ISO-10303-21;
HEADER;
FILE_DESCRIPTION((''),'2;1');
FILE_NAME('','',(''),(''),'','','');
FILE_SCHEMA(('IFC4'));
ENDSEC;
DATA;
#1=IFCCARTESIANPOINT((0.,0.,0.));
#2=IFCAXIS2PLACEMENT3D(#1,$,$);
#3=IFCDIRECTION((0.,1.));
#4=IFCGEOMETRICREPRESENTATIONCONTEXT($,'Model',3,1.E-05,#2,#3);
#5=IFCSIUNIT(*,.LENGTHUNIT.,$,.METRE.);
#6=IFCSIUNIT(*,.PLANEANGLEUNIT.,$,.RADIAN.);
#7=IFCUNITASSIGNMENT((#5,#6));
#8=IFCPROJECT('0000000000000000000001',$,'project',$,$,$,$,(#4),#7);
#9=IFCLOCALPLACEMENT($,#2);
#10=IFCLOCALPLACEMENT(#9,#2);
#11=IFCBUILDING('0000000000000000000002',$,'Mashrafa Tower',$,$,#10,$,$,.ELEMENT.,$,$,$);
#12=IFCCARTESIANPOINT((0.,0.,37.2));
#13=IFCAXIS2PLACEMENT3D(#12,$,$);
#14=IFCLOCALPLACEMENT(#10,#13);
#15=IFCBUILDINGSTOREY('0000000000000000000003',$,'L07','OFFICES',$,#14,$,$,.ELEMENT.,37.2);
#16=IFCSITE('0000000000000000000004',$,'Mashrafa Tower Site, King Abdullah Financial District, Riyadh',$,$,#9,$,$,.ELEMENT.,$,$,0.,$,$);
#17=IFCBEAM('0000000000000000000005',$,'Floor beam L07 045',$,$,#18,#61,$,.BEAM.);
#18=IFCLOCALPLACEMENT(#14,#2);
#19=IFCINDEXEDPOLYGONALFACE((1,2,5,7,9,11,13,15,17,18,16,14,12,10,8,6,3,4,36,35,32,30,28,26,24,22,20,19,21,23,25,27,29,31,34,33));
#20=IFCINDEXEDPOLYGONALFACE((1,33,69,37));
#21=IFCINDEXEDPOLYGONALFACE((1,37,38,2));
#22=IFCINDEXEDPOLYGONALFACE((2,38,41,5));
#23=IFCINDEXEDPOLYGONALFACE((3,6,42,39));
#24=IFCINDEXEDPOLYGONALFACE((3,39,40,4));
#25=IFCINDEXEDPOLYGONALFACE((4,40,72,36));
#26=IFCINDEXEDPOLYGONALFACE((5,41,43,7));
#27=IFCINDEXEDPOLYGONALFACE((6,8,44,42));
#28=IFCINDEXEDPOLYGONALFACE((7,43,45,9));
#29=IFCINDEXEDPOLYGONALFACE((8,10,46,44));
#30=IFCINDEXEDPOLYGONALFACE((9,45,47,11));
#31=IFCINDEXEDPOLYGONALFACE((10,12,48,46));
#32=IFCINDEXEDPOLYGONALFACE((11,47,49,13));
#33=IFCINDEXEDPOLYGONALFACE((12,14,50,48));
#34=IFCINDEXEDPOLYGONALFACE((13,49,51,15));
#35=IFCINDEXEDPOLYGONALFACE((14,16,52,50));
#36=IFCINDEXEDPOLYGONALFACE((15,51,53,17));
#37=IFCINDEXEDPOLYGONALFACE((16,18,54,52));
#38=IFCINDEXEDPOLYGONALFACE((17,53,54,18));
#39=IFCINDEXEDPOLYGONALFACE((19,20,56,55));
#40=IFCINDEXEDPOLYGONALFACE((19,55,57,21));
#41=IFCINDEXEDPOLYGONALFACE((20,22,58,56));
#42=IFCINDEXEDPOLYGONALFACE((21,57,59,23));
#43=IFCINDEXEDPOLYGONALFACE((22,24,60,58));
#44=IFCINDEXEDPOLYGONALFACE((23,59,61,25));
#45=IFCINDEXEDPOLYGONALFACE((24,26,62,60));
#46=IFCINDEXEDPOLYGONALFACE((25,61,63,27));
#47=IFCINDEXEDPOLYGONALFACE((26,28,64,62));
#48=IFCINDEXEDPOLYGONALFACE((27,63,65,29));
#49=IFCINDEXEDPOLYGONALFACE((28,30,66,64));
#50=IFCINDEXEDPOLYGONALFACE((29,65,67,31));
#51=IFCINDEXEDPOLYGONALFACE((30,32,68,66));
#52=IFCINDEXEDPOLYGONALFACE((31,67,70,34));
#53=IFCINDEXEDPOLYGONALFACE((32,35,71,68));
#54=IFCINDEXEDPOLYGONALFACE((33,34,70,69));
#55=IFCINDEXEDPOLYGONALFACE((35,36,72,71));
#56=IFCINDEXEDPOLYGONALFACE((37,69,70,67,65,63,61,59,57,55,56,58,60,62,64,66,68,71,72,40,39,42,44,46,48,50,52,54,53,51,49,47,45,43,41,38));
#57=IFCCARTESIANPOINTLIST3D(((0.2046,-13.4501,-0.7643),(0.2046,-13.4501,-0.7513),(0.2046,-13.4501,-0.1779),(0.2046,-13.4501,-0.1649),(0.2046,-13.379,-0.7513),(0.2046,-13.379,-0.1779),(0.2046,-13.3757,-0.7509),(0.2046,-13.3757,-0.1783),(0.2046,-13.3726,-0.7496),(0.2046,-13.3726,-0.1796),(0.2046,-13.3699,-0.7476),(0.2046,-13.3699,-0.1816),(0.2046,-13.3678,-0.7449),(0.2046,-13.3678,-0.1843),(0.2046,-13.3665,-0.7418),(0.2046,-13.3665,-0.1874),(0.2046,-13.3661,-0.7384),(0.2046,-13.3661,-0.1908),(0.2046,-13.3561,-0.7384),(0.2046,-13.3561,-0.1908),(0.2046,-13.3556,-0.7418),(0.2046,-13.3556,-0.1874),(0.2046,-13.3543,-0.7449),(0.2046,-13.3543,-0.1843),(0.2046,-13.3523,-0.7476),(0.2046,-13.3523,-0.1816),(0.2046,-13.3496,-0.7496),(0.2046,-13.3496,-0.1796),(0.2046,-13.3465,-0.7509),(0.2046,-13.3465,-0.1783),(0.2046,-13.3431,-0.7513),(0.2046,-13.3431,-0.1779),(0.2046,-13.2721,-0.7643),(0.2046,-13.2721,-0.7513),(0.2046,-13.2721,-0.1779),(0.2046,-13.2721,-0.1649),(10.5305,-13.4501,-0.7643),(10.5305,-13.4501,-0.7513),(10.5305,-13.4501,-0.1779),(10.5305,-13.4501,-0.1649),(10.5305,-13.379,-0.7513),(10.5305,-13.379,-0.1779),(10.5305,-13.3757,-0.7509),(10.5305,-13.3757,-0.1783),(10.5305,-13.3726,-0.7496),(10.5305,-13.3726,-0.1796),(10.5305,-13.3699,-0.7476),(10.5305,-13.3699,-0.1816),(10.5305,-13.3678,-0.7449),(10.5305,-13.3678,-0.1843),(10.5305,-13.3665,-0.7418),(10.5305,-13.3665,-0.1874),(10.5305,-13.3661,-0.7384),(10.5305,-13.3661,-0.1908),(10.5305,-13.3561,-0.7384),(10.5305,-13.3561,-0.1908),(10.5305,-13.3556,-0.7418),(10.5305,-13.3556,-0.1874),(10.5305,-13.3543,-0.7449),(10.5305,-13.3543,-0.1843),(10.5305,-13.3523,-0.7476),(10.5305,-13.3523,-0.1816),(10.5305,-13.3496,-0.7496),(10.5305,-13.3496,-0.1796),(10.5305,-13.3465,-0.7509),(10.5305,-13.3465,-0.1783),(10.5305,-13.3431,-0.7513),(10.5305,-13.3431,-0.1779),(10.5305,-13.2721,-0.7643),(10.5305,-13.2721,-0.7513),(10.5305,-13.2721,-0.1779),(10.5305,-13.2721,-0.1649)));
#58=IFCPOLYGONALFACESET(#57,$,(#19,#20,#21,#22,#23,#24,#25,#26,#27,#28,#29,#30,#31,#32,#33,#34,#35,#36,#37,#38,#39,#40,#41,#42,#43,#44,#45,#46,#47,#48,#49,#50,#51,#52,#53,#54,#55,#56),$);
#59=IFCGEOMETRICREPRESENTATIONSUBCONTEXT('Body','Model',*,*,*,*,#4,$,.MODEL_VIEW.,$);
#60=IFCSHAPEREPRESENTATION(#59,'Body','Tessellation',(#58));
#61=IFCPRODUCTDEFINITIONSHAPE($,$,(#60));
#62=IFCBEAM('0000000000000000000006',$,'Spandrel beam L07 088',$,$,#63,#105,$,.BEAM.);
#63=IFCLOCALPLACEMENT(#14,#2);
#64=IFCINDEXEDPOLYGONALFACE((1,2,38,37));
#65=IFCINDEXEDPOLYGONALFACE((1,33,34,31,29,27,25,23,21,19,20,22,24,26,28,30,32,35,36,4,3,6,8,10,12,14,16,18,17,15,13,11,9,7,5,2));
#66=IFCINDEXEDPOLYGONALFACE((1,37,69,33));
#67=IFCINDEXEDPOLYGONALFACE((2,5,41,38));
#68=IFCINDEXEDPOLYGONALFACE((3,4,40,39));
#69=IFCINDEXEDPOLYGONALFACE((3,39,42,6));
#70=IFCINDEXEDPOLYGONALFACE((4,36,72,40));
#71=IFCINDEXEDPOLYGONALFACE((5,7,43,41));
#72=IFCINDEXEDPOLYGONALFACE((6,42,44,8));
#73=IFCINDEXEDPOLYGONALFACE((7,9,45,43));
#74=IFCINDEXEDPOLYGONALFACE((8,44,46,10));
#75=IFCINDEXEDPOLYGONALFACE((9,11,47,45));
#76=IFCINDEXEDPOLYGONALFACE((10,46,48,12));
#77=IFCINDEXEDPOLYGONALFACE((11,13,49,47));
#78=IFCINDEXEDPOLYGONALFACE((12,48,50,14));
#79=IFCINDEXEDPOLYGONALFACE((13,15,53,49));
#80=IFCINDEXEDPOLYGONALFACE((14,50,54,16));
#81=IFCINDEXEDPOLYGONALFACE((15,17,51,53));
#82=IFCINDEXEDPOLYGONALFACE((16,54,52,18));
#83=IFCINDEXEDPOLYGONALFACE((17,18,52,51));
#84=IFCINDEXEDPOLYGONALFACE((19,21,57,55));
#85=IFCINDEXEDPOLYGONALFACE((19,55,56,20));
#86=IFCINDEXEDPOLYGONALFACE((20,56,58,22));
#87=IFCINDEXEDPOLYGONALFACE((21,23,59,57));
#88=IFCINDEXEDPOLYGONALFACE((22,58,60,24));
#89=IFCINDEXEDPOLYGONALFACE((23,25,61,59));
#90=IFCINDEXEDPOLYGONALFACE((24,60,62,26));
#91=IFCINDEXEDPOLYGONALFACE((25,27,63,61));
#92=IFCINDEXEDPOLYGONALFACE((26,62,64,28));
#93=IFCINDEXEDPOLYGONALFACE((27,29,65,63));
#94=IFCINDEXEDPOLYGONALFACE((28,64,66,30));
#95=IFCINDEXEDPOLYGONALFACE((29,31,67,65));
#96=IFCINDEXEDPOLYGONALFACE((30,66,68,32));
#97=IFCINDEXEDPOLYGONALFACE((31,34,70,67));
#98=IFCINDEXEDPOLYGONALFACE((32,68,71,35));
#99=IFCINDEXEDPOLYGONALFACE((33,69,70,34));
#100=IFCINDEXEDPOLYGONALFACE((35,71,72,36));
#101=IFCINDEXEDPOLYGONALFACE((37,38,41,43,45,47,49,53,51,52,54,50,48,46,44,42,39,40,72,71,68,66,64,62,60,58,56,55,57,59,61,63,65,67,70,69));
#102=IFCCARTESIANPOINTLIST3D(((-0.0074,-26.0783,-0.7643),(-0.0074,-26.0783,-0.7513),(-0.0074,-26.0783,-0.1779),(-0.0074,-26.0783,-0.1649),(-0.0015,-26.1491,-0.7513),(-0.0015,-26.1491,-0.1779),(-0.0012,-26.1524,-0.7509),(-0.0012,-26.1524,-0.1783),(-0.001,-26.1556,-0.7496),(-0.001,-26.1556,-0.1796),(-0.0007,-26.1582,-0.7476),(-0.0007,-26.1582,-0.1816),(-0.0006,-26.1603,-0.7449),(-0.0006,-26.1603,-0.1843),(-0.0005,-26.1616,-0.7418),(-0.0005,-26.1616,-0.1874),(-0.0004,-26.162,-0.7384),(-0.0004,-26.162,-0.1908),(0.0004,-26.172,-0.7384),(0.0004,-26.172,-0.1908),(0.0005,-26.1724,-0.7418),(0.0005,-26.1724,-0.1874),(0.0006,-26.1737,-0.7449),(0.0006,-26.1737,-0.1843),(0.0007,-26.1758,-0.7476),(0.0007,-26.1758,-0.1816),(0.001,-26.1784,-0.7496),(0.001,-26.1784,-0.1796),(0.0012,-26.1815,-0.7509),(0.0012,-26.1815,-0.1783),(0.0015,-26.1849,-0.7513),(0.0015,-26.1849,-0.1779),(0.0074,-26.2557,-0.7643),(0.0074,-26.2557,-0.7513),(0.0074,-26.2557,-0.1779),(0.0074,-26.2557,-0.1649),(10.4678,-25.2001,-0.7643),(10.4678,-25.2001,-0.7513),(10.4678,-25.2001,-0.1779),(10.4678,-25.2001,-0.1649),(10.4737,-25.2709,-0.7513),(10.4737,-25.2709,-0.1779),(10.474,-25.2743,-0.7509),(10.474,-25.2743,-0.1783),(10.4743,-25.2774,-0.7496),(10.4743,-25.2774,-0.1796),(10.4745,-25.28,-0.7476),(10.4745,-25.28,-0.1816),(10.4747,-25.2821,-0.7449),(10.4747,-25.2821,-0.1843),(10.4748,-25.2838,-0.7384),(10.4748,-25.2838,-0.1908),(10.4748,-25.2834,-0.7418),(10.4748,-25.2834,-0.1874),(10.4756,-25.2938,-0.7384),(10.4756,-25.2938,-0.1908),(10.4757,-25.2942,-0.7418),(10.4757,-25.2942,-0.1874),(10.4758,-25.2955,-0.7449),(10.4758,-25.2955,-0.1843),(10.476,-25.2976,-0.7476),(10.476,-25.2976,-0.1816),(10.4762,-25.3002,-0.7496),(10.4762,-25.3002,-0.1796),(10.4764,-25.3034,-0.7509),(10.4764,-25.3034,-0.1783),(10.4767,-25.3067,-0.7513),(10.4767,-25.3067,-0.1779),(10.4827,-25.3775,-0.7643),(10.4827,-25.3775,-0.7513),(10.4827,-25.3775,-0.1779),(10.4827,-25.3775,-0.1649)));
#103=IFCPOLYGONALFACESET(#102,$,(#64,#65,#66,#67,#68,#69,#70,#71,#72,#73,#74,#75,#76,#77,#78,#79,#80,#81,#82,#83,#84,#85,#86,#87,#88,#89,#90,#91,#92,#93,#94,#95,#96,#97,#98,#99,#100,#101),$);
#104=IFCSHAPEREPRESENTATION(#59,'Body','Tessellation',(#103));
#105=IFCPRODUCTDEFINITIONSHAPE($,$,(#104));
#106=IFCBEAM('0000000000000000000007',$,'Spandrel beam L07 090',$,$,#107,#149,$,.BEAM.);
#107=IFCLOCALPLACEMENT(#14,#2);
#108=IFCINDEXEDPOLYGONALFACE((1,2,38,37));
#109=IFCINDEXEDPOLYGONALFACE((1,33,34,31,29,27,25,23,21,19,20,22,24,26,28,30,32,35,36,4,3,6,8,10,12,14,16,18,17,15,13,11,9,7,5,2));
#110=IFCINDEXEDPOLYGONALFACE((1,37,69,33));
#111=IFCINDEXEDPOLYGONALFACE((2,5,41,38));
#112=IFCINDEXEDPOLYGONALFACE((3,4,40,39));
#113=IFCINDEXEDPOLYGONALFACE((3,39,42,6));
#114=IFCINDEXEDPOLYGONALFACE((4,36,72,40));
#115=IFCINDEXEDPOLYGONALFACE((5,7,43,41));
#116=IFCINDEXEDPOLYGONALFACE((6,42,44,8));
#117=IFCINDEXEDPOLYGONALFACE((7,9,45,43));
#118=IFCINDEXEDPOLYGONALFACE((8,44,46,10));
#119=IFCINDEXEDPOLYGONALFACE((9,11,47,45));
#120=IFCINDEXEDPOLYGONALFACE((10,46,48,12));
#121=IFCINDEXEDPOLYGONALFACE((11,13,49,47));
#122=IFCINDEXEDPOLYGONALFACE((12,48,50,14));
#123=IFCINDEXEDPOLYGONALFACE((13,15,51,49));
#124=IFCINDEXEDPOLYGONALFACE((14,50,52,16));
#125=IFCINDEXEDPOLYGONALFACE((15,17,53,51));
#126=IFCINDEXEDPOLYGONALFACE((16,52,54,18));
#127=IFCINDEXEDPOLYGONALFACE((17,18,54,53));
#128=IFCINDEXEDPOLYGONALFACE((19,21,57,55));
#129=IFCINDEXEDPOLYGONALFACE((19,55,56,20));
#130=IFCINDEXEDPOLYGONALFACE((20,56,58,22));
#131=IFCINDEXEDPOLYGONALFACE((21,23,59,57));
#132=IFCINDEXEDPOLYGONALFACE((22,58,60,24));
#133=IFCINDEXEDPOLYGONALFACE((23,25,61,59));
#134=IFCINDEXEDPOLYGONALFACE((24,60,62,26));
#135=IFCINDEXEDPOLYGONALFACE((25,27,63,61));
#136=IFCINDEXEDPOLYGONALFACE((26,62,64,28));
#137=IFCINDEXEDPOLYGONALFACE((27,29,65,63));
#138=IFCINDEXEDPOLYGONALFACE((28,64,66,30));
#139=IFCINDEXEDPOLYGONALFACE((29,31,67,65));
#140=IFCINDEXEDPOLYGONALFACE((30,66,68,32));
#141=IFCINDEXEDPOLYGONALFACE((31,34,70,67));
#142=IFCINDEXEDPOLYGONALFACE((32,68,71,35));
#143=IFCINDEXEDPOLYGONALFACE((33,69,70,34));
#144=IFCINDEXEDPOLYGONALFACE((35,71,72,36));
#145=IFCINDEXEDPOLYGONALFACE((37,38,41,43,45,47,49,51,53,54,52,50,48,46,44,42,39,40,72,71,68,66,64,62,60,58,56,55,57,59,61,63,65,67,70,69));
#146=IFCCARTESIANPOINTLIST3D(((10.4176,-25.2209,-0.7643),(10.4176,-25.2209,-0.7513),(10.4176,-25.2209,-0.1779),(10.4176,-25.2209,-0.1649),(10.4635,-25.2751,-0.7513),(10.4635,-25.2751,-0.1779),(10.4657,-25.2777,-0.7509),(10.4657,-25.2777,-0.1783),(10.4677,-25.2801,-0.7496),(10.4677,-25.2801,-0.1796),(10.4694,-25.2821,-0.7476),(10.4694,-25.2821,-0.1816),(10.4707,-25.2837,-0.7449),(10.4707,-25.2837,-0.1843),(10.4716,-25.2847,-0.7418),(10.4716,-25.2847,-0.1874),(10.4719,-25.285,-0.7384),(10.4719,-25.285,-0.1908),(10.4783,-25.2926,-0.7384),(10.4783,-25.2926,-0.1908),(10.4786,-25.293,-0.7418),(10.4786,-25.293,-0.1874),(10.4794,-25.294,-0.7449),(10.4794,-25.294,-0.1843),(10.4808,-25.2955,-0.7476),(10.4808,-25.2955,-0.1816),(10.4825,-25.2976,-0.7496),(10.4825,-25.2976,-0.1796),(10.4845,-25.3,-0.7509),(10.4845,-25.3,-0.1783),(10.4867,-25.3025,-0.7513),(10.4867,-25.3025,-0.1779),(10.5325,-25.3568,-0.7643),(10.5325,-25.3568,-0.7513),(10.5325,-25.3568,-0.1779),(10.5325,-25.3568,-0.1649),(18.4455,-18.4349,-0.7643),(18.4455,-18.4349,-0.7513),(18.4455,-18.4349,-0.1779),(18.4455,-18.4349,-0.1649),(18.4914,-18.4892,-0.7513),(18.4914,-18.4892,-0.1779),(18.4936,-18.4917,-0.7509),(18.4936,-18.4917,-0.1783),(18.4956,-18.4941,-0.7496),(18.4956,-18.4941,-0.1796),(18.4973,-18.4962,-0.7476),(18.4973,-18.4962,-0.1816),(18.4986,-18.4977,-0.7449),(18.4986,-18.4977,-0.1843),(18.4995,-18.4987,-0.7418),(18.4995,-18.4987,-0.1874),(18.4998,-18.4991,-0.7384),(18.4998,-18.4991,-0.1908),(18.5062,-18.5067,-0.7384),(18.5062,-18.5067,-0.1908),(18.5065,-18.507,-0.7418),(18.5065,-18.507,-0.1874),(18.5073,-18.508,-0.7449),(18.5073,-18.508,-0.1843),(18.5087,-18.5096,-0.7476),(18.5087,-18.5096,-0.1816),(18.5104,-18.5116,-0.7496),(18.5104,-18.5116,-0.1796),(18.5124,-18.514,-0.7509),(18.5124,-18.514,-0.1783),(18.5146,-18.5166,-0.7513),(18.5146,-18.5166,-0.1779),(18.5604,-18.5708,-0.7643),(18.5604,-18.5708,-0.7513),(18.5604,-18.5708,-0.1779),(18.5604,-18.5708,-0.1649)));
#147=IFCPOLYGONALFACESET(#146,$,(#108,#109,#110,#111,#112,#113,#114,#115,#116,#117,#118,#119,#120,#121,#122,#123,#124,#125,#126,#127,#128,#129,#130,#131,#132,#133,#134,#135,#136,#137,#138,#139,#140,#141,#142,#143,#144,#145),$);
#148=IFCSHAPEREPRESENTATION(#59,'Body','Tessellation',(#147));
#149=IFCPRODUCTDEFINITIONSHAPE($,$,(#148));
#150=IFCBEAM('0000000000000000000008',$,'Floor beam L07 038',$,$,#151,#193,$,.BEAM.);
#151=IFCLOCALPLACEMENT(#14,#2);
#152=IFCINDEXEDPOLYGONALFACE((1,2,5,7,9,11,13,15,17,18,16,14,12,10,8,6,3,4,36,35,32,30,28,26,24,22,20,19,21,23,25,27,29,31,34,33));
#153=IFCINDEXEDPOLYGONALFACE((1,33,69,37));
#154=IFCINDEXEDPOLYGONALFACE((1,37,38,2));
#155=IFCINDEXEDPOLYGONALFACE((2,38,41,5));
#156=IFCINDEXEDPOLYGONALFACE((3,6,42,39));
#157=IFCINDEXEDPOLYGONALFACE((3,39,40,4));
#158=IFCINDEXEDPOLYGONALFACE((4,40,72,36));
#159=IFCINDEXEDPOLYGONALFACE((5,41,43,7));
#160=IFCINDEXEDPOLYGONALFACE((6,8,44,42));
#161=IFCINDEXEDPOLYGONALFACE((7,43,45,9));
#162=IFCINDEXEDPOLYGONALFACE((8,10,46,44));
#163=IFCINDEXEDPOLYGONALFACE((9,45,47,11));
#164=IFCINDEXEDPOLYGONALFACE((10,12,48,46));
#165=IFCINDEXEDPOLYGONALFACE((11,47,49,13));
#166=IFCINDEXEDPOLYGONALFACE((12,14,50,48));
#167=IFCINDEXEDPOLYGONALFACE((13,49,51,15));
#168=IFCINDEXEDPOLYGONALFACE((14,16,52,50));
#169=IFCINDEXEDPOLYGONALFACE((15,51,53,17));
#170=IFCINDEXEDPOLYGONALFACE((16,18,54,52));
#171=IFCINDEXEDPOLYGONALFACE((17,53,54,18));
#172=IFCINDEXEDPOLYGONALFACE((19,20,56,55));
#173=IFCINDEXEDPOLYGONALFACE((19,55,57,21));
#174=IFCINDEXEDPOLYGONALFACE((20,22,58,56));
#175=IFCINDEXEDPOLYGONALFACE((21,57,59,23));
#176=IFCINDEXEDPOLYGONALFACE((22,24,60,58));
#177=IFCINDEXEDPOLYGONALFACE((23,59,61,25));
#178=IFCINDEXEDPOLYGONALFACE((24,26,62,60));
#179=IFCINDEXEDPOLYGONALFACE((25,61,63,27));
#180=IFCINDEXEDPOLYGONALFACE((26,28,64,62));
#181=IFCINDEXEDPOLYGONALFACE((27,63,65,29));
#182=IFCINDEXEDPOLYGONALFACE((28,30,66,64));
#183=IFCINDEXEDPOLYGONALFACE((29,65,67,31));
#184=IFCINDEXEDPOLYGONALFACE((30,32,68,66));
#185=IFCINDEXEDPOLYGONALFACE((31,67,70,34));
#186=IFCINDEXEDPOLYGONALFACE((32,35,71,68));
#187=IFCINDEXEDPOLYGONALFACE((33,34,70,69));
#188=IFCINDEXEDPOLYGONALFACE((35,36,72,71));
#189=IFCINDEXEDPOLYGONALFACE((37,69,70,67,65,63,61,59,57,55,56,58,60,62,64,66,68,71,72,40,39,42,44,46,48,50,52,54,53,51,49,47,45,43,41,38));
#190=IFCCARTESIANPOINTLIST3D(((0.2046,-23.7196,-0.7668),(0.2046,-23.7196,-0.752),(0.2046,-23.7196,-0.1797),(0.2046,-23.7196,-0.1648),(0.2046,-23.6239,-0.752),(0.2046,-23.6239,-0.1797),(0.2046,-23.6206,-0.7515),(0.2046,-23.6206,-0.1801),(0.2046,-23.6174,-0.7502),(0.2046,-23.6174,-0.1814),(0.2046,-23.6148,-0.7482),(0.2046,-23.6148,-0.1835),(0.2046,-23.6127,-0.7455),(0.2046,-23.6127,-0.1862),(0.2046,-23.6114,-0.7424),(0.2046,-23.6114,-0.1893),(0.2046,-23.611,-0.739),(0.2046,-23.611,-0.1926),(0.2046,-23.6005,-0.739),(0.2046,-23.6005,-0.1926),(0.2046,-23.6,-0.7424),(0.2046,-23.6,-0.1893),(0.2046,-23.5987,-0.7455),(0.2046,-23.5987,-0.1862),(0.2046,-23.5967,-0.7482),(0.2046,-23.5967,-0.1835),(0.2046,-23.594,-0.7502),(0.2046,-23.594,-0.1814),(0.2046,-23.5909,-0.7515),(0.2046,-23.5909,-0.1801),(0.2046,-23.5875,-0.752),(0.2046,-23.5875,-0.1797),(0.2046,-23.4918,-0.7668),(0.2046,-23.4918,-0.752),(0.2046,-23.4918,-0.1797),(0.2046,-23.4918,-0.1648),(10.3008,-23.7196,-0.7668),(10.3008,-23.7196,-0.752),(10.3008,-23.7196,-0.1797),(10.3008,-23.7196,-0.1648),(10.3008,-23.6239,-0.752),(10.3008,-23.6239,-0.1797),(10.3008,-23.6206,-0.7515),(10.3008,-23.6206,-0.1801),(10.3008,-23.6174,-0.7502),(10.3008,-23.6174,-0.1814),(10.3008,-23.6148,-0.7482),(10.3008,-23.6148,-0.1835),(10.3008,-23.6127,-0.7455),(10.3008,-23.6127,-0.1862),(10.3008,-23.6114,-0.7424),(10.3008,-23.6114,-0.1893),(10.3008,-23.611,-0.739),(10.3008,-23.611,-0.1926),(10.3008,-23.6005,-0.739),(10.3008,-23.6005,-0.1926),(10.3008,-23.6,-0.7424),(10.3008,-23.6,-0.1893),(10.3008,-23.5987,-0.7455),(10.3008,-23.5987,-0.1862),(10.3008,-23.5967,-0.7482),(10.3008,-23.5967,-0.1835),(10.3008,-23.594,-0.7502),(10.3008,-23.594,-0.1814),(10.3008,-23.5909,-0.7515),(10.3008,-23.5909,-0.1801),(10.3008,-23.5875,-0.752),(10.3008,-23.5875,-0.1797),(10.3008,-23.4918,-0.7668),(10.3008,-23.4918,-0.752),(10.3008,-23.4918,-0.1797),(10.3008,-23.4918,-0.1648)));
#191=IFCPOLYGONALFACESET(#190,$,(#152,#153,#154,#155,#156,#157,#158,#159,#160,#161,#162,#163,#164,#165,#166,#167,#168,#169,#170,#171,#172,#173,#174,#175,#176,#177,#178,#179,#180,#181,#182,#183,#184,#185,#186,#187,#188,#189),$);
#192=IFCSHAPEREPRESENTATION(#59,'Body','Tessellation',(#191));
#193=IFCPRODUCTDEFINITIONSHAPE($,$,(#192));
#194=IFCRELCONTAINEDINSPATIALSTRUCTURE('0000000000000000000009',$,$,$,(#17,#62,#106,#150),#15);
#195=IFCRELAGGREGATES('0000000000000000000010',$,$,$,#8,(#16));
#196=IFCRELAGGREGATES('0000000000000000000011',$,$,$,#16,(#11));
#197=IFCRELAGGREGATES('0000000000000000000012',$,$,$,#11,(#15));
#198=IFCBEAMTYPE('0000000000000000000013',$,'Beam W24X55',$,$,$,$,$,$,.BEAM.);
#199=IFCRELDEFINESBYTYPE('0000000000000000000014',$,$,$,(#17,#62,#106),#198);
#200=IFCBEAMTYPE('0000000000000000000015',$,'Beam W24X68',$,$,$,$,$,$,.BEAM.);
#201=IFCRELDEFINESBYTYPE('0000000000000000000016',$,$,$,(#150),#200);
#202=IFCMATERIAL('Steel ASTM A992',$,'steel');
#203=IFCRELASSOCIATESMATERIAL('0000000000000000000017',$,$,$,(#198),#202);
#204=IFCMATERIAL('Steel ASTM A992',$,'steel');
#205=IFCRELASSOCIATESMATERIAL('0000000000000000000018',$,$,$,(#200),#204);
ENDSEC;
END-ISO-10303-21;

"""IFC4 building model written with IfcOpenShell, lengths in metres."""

from ifc_helpers import new_model, si_unit, direction, frame, origin, origin_2d, place, context, subcontext, project, spatial, i_section, extrude, material, material_profile, profile_set, type_object, element, save


model = new_model("IFC4")

# Units and contexts
model_context = context("Model", 3, precision=1e-05, world=origin(), true_north=direction((0.0, 1.0)))
body_context = subcontext(model_context, "Body", "Model", "MODEL_VIEW")
ifc_project = project(units=[si_unit("LENGTHUNIT", "METRE"), si_unit("PLANEANGLEUNIT", "RADIAN")], contexts=[model_context])

# Site, building, storey
site_placement = place(None, origin())
site = spatial("IfcSite", under=ifc_project, at=site_placement, Name="Mashrafa Tower Site, King Abdullah Financial District, Riyadh", CompositionType="ELEMENT", RefElevation=0.0)
building_placement = place(site_placement, origin())
building = spatial("IfcBuilding", under=site, at=building_placement, Name="Mashrafa Tower", CompositionType="ELEMENT")
storey_placement = place(building_placement, frame((0.0, 0.0, 37.2)))
storey = spatial("IfcBuildingStorey", under=building, at=storey_placement, Name="L07", Description="OFFICES", CompositionType="ELEMENT", Elevation=37.2)

# Beams
ifc_material_1 = material(Name="Steel ASTM A992", Category="steel")
ifc_material_profile_1 = material_profile(ifc_material_1, i_section(OverallWidth=0.178, OverallDepth=0.5994, WebThickness=0.01, FlangeThickness=0.0129, FilletRadius=0.0129, at=origin_2d()), Name="W24X55")
ifc_profile_set_1 = profile_set([ifc_material_profile_1], Name="Steel ASTM A992")
beam_type_1 = type_object("IfcBeamType", Name="Beam W24X55", PredefinedType="BEAM", material=ifc_profile_set_1)
beam_1_placement = place(storey_placement, frame((10.5305, -13.3611, -0.4646), z_axis=(-1.0, 0.0, 0.0), x_axis=(0.0, -1.0, 0.0)))
element("IfcBeam", 1, at=beam_1_placement, inside=storey, type_object=beam_type_1, Name="Floor beam L07 045", PredefinedType="BEAM", context=body_context, shape_type="SweptSolid", body=[
    extrude(i_section(OverallWidth=0.178, OverallDepth=0.5994, WebThickness=0.01, FlangeThickness=0.0129, FilletRadius=0.0129, at=origin_2d()), origin(), (0.0, 0.0, 1.0), 10.3259),
])
beam_2_placement = place(storey_placement, frame((0.0, -26.167, -0.4646), z_axis=(0.996504, 0.083541, 0.0), x_axis=(-0.083541, 0.996504, 0.0)))
element("IfcBeam", 2, at=beam_2_placement, inside=storey, type_object=beam_type_1, Name="Spandrel beam L07 088", PredefinedType="BEAM", context=body_context, shape_type="SweptSolid", body=[
    extrude(i_section(OverallWidth=0.178, OverallDepth=0.5994, WebThickness=0.01, FlangeThickness=0.0129, FilletRadius=0.0129, at=origin_2d()), origin(), (0.0, 0.0, 1.0), 10.512),
])
beam_3_placement = place(storey_placement, frame((10.4751, -25.2888, -0.4646), z_axis=(0.76371, 0.64556, 0.0), x_axis=(-0.64556, 0.76371, 0.0)))
element("IfcBeam", 3, at=beam_3_placement, inside=storey, type_object=beam_type_1, Name="Spandrel beam L07 090", PredefinedType="BEAM", context=body_context, shape_type="SweptSolid", body=[
    extrude(i_section(OverallWidth=0.178, OverallDepth=0.5994, WebThickness=0.01, FlangeThickness=0.0129, FilletRadius=0.0129, at=origin_2d()), origin(), (0.0, 0.0, 1.0), 10.5117),
])
ifc_material_2 = material(Name="Steel ASTM A992", Category="steel")
ifc_material_profile_2 = material_profile(ifc_material_2, i_section(OverallWidth=0.2278, OverallDepth=0.6021, WebThickness=0.0105, FlangeThickness=0.0149, FilletRadius=0.0129, at=origin_2d()), Name="W24X68")
ifc_profile_set_2 = profile_set([ifc_material_profile_2], Name="Steel ASTM A992")
beam_type_2 = type_object("IfcBeamType", Name="Beam W24X68", PredefinedType="BEAM", material=ifc_profile_set_2)
beam_4_placement = place(storey_placement, frame((10.3008, -23.6057, -0.4658), z_axis=(-1.0, 0.0, 0.0), x_axis=(0.0, -1.0, 0.0)))
element("IfcBeam", 4, at=beam_4_placement, inside=storey, type_object=beam_type_2, Name="Floor beam L07 038", PredefinedType="BEAM", context=body_context, shape_type="SweptSolid", body=[
    extrude(i_section(OverallWidth=0.2278, OverallDepth=0.6021, WebThickness=0.0105, FlangeThickness=0.0149, FilletRadius=0.0129, at=origin_2d()), origin(), (0.0, 0.0, 1.0), 10.0962),
])

save(model, "model.ifc")
